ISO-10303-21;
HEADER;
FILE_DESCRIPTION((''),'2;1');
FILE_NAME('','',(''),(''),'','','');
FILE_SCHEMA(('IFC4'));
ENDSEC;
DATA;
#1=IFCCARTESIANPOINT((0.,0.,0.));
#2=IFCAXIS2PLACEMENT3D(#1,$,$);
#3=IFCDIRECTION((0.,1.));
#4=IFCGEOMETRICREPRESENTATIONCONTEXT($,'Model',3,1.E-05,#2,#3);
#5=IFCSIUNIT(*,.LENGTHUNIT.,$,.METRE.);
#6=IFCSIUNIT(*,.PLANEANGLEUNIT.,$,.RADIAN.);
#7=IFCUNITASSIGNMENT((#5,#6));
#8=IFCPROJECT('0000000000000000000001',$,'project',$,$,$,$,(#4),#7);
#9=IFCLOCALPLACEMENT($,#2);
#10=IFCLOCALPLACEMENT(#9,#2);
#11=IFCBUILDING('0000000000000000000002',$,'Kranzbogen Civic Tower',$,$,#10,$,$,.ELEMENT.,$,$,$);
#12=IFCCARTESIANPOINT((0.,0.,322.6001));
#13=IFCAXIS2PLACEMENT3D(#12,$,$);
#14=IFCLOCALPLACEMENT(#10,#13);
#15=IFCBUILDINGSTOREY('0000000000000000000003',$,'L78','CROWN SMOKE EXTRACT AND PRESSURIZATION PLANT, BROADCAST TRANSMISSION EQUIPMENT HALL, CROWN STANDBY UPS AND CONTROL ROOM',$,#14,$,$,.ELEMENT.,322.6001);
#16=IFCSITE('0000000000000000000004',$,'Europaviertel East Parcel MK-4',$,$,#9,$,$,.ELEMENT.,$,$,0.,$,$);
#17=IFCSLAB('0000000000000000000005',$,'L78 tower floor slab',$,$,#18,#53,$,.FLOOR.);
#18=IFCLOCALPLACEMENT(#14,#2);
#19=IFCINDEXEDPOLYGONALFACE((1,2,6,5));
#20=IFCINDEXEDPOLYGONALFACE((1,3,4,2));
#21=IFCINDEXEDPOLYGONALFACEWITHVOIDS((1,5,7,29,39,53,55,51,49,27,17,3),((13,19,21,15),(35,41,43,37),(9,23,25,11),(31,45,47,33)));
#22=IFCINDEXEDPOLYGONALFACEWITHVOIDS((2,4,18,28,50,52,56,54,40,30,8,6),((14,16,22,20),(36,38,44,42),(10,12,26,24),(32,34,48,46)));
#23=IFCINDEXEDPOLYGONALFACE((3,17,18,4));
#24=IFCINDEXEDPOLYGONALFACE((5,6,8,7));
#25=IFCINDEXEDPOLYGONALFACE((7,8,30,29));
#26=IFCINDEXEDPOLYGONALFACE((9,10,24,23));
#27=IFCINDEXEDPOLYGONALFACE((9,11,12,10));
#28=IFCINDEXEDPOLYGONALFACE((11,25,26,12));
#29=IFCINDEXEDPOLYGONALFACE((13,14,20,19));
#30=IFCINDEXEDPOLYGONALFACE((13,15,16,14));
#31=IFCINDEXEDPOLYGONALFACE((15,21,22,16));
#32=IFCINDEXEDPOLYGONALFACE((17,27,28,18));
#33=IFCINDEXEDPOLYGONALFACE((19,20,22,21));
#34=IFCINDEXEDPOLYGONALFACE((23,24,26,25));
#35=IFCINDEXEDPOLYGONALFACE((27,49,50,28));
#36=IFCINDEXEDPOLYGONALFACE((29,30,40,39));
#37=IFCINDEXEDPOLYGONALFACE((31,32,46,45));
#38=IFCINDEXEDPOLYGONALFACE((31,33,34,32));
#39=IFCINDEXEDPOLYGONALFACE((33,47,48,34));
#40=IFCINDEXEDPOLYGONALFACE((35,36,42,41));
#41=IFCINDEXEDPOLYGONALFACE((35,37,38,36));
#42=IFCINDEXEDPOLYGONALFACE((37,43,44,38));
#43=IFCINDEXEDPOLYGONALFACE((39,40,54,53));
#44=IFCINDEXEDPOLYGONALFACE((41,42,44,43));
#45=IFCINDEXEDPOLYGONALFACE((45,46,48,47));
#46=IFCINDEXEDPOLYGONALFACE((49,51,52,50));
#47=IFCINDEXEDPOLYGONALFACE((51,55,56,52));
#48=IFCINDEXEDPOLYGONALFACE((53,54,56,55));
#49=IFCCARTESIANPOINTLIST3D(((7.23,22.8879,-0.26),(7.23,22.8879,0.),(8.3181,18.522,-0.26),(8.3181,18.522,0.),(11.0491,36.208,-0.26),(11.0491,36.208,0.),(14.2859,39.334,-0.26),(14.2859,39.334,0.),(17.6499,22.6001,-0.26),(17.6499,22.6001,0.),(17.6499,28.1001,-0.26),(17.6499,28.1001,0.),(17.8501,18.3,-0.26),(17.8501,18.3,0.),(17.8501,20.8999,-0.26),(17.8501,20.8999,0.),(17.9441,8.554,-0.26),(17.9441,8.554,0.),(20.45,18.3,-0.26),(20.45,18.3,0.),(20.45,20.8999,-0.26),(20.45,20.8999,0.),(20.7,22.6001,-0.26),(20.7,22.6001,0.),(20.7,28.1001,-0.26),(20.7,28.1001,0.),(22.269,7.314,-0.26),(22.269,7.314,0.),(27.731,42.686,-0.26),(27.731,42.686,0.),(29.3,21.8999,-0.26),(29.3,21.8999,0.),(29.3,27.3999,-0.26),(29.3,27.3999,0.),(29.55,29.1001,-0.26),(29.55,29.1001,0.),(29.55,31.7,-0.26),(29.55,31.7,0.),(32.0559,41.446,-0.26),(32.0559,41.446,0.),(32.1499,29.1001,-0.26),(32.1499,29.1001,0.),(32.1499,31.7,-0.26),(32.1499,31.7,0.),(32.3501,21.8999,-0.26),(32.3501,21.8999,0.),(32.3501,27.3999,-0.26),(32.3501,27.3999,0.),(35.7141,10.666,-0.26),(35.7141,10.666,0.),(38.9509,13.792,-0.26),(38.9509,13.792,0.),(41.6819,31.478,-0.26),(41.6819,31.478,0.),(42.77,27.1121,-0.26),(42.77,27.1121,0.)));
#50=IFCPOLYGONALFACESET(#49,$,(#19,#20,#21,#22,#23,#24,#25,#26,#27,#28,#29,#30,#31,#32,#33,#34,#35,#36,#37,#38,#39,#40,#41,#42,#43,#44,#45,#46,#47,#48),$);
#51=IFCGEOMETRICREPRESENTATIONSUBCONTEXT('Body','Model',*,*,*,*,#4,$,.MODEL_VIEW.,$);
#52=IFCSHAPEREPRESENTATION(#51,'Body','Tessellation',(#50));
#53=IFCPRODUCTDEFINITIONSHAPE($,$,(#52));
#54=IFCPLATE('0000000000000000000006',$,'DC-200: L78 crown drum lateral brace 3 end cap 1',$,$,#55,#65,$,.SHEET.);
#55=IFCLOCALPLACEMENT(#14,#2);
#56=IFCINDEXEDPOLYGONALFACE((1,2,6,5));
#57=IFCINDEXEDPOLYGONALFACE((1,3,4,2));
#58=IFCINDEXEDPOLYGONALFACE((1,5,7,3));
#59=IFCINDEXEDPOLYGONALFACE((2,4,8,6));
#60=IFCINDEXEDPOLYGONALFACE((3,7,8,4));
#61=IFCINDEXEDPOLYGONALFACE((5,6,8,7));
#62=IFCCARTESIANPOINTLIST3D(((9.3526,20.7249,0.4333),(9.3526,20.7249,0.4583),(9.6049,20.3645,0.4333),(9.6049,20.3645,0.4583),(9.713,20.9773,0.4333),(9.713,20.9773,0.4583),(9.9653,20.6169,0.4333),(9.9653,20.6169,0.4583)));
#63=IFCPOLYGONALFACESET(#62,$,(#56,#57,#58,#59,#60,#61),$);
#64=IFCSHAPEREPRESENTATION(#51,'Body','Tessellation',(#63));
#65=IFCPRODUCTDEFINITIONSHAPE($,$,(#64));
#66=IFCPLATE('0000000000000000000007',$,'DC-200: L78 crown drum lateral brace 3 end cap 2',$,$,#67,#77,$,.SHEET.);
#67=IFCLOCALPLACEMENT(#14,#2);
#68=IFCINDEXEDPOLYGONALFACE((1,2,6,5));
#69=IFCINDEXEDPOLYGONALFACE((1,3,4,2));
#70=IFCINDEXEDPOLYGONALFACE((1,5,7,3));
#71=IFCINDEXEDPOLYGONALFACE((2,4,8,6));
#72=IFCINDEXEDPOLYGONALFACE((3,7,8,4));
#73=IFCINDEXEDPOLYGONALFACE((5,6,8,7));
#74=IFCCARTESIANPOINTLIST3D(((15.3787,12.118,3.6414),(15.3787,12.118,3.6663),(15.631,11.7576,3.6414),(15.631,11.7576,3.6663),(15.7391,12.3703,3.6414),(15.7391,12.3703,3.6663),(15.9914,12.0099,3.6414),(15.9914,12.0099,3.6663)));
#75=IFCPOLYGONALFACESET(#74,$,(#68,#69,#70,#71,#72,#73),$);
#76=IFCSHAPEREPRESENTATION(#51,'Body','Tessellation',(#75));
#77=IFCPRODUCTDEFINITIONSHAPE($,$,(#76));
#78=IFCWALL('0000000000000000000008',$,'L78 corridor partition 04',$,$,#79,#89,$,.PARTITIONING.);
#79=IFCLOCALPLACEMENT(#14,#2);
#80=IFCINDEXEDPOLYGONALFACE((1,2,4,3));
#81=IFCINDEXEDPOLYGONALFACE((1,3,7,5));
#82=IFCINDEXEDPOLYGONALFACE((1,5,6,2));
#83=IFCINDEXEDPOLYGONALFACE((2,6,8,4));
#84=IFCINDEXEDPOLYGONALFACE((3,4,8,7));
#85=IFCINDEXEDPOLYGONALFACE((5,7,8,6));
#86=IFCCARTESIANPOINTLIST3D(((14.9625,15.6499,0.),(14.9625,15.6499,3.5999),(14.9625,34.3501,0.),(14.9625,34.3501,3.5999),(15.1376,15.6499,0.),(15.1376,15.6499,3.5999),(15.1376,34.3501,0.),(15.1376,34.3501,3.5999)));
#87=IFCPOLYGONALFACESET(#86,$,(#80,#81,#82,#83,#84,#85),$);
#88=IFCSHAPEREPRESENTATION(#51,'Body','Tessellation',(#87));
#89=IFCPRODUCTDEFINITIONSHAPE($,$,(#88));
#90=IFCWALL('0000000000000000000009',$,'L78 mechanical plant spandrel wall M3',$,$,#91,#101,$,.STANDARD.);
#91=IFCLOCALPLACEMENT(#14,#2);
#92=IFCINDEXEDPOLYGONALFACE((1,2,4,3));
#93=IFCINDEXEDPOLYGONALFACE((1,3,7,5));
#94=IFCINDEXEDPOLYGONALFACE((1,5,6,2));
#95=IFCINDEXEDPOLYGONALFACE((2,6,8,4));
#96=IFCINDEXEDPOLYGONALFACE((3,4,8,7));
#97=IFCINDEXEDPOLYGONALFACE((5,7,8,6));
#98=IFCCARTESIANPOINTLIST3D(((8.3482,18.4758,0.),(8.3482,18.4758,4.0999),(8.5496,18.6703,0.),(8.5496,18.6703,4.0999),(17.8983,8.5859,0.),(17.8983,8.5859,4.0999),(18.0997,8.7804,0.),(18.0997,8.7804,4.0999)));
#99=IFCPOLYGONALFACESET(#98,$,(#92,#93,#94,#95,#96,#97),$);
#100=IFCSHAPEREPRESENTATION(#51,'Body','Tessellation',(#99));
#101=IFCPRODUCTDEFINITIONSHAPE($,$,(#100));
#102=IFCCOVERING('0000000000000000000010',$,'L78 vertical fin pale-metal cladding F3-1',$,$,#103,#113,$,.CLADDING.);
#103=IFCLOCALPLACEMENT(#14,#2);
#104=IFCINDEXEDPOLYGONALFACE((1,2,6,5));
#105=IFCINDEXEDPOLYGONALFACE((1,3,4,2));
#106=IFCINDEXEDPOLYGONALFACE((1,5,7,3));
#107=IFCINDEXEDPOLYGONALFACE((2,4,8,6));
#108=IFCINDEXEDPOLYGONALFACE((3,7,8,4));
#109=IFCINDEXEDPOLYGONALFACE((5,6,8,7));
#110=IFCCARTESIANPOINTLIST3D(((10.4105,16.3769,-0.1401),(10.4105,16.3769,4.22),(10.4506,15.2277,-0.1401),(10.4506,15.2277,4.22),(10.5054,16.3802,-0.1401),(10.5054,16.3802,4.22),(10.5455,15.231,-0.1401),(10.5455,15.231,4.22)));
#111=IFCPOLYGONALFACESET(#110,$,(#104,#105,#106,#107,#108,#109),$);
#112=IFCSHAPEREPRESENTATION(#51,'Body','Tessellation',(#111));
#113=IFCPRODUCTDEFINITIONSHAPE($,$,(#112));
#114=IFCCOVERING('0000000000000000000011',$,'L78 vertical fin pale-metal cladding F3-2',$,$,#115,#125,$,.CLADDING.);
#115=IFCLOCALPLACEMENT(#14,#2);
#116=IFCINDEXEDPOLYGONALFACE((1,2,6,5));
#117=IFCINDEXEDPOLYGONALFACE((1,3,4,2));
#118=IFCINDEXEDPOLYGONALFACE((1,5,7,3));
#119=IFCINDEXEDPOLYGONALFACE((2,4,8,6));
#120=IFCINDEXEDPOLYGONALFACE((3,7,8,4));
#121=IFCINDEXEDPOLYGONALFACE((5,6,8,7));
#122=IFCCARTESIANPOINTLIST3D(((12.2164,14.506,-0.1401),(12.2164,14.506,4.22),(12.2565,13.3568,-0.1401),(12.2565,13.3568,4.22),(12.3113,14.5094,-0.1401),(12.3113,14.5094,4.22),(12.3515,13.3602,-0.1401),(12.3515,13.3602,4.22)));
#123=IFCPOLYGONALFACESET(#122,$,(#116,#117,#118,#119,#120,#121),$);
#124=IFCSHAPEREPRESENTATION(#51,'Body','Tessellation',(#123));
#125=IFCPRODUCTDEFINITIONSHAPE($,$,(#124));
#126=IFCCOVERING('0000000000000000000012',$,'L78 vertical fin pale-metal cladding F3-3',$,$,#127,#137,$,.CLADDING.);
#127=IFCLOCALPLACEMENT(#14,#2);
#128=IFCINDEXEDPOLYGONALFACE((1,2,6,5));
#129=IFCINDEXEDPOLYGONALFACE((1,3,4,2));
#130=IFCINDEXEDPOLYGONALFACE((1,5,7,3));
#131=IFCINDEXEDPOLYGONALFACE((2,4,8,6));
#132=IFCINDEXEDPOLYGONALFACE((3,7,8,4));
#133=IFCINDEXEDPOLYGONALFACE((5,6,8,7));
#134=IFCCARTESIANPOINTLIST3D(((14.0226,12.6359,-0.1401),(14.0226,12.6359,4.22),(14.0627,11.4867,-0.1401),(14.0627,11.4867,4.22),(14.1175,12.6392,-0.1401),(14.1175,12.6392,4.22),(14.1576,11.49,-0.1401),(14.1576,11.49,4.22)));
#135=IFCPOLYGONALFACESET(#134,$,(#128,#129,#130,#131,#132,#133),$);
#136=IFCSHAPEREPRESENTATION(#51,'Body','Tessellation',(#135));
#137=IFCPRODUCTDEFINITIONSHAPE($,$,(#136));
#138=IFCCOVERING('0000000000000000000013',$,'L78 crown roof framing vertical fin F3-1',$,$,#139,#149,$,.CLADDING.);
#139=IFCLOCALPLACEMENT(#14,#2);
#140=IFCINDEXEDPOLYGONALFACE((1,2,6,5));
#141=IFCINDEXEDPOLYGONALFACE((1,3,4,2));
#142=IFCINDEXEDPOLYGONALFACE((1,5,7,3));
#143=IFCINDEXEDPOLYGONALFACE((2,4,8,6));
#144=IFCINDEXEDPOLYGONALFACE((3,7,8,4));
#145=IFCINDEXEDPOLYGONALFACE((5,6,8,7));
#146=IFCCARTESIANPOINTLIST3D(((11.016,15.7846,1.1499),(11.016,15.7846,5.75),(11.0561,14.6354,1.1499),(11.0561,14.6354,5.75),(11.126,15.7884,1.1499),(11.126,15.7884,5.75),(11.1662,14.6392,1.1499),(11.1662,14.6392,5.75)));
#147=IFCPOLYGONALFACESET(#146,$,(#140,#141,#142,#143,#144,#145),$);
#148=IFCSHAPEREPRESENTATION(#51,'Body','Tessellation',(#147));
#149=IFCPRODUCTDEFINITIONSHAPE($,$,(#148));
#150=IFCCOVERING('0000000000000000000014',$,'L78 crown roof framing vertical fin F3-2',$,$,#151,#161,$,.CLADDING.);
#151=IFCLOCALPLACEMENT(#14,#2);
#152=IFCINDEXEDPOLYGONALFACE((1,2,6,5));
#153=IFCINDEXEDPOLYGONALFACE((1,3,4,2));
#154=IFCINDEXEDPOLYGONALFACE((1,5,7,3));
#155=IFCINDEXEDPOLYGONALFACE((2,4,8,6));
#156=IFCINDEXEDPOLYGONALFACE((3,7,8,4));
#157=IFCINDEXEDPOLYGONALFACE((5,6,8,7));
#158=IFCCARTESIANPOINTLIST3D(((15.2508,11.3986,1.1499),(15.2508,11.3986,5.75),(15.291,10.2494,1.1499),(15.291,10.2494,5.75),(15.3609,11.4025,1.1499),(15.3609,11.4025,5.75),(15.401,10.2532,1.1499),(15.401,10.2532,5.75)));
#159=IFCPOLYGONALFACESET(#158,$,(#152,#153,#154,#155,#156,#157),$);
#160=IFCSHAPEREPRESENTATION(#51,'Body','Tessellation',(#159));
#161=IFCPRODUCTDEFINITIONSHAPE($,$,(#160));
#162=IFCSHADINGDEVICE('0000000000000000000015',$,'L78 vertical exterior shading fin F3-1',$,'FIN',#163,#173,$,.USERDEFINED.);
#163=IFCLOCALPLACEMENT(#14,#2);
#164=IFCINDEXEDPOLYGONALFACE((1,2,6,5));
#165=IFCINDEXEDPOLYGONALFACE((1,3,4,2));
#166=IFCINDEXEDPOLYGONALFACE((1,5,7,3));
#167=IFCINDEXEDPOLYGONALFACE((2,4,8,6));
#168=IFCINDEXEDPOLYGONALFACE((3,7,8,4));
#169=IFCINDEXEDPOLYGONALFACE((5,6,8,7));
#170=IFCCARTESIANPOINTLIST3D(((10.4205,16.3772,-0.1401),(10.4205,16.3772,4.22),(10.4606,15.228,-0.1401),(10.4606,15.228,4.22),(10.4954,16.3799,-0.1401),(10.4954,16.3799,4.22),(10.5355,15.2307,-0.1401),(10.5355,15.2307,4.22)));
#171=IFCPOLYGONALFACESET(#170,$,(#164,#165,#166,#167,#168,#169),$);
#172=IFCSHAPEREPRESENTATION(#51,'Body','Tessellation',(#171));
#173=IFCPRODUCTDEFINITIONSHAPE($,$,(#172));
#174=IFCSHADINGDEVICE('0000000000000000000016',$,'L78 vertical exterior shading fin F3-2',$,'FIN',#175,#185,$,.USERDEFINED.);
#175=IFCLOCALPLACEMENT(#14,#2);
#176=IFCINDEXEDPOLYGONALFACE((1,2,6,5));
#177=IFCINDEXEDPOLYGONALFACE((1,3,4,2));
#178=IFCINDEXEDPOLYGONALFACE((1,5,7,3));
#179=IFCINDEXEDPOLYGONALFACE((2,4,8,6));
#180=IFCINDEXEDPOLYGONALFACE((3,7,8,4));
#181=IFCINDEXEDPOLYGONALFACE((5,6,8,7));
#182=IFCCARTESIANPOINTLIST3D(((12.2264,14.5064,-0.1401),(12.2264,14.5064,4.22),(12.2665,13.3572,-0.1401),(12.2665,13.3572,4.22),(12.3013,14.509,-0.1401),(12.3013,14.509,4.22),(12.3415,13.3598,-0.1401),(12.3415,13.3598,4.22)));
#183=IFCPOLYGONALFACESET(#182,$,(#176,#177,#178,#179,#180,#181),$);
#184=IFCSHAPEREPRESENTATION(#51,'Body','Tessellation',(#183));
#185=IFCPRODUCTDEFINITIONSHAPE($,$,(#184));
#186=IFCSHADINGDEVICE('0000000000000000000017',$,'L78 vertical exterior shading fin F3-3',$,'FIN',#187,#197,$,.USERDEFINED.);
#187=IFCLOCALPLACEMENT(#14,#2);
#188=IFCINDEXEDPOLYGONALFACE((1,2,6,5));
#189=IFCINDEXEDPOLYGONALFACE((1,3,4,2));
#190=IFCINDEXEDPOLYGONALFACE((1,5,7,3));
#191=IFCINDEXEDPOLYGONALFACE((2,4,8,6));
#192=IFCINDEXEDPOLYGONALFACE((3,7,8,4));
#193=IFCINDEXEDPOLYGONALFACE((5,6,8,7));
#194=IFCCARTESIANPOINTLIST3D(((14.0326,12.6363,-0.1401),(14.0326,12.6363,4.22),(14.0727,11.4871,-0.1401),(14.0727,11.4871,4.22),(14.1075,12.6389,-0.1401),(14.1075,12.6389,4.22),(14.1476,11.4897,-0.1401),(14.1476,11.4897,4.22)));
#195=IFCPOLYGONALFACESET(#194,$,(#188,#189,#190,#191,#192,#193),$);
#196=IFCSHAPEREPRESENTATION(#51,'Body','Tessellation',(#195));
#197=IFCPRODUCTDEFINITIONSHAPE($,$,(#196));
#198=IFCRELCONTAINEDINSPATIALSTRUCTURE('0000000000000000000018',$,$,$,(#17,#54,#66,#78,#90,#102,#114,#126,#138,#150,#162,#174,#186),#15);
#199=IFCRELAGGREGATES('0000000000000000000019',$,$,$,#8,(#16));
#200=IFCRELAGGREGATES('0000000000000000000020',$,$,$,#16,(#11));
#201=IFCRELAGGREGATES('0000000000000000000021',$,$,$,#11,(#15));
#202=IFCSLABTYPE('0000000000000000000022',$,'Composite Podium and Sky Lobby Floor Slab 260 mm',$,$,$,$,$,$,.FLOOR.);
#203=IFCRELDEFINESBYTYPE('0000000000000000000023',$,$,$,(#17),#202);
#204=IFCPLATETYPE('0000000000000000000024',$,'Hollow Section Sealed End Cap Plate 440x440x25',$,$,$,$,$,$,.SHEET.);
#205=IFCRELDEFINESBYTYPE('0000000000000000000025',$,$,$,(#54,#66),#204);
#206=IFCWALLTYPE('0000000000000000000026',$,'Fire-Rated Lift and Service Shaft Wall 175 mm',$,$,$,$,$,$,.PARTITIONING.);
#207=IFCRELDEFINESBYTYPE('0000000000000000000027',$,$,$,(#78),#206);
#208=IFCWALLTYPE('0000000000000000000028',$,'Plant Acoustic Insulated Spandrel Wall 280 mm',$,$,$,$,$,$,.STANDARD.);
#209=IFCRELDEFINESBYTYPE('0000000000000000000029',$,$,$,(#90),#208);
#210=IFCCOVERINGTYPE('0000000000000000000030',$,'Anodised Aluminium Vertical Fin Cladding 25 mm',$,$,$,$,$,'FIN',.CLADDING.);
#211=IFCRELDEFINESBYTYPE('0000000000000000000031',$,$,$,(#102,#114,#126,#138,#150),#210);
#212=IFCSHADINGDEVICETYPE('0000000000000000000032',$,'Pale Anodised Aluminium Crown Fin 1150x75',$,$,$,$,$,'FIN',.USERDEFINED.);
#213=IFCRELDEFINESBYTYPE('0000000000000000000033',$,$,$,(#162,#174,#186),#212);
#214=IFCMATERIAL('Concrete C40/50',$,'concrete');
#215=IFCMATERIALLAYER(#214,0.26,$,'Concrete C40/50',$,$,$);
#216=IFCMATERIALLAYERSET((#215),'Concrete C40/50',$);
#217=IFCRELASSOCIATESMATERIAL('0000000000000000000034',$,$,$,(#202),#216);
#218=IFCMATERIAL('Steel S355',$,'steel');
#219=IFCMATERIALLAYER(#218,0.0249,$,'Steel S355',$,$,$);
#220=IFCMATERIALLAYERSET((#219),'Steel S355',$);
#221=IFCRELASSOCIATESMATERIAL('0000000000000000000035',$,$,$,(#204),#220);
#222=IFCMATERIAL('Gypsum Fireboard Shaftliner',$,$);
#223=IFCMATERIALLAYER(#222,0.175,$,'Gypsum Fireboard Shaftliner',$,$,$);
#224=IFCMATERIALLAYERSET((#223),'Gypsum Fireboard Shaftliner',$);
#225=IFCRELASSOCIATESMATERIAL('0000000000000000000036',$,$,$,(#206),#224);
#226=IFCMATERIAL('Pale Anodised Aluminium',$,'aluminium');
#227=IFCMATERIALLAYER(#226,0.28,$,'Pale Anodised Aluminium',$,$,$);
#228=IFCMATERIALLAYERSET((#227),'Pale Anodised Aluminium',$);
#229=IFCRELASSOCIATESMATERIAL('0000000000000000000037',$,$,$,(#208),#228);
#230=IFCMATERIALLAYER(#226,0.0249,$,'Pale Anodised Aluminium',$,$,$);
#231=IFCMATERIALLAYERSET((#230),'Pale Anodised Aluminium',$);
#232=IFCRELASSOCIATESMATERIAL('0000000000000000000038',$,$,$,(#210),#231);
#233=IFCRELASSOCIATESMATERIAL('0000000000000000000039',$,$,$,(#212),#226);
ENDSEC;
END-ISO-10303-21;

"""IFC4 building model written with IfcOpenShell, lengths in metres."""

from ifc_helpers import new_model, si_unit, direction, frame, frame_2d, origin, origin_2d, place, context, subcontext, project, spatial, polyline, rectangle, outline, extrude, material, layer, layer_set, type_object, element, save


model = new_model("IFC4")

# Units and contexts
model_context = context("Model", 3, precision=1e-05, world=origin(), true_north=direction((0.0, 1.0)))
body_context = subcontext(model_context, "Body", "Model", "MODEL_VIEW")
ifc_project = project(units=[si_unit("LENGTHUNIT", "METRE"), si_unit("PLANEANGLEUNIT", "RADIAN")], contexts=[model_context])

# Site, building, storey
site_placement = place(None, origin())
site = spatial("IfcSite", under=ifc_project, at=site_placement, Name="Europaviertel East Parcel MK-4", CompositionType="ELEMENT", RefElevation=0.0)
building_placement = place(site_placement, origin())
building = spatial("IfcBuilding", under=site, at=building_placement, Name="Kranzbogen Civic Tower", CompositionType="ELEMENT")
storey_placement = place(building_placement, frame((0.0, 0.0, 322.6001)))
storey = spatial("IfcBuildingStorey", under=building, at=storey_placement, Name="L78", Description="CROWN SMOKE EXTRACT AND PRESSURIZATION PLANT, BROADCAST TRANSMISSION EQUIPMENT HALL, CROWN STANDBY UPS AND CONTROL ROOM", CompositionType="ELEMENT", Elevation=322.6001)

# Shared definitions
ifc_material_1 = material(Name="Steel S355", Category="steel")

# Slab
ifc_material_2 = material(Name="Concrete C40/50", Category="concrete")
ifc_layer_1 = layer(ifc_material_2, 0.26, Name="Concrete C40/50")
ifc_layer_set_1 = layer_set([ifc_layer_1], Name="Concrete C40/50")
slab_type = type_object("IfcSlabType", Name="Composite Podium and Sky Lobby Floor Slab 260 mm", PredefinedType="FLOOR", material=ifc_layer_set_1)
slab_placement = place(storey_placement, frame((0.0, 0.0, -0.26)))
element("IfcSlab", 1, at=slab_placement, inside=storey, type_object=slab_type, Name="L78 tower floor slab", PredefinedType="FLOOR", context=body_context, shape_type="SweptSolid", body=[
    extrude(outline(polyline([(27.731, 42.686), (14.2859, 39.334), (11.0491, 36.208), (7.23, 22.8879), (8.3181, 18.522), (17.9441, 8.554), (22.269, 7.314), (35.7141, 10.666), (38.9509, 13.792), (42.77, 27.1121), (41.6819, 31.478), (32.0559, 41.446), (27.731, 42.686)]), holes=[polyline([(17.8501, 20.8999), (20.45, 20.8999), (20.45, 18.3), (17.8501, 18.3), (17.8501, 20.8999)]), polyline([(32.3501, 21.8999), (29.3, 21.8999), (29.3, 27.3999), (32.3501, 27.3999), (32.3501, 21.8999)]), polyline([(17.6499, 28.1001), (20.7, 28.1001), (20.7, 22.6001), (17.6499, 22.6001), (17.6499, 28.1001)]), polyline([(29.55, 31.7), (32.1499, 31.7), (32.1499, 29.1001), (29.55, 29.1001), (29.55, 31.7)])]), origin(), (0.0, 0.0, 1.0), 0.26),
])

# Plates
ifc_layer_2 = layer(ifc_material_1, 0.0249, Name="Steel S355")
ifc_layer_set_2 = layer_set([ifc_layer_2], Name="Steel S355")
plate_type = type_object("IfcPlateType", Name="Hollow Section Sealed End Cap Plate 440x440x25", PredefinedType="SHEET", material=ifc_layer_set_2)
for number, where, z_axis, x_axis, name in (
    (2, (9.6589, 20.6709, 0.4333), (0.0, 0.0, 1.0), (0.573534, -0.819182, 0.0), "DC-200: L78 crown drum lateral brace 3 end cap 1"),
    (3, (15.6851, 12.064, 3.6414), (0.0, 0.0, 1.0), (0.573534, -0.819182, 0.0), "DC-200: L78 crown drum lateral brace 3 end cap 2"),
):
    element("IfcPlate", number, at=place(storey_placement, frame(where, z_axis=z_axis, x_axis=x_axis)), inside=storey, type_object=plate_type, Name=name, PredefinedType="SHEET", context=body_context, shape_type="SweptSolid", body=[
        extrude(rectangle(XDim=0.4399, YDim=0.4399, at=origin_2d()), origin(), (0.0, 0.0, 1.0), 0.0249),
    ])

# Walls
ifc_material_3 = material(Name="Gypsum Fireboard Shaftliner")
ifc_layer_3 = layer(ifc_material_3, 0.175, Name="Gypsum Fireboard Shaftliner")
ifc_layer_set_3 = layer_set([ifc_layer_3], Name="Gypsum Fireboard Shaftliner")
wall_type_1 = type_object("IfcWallType", Name="Fire-Rated Lift and Service Shaft Wall 175 mm", PredefinedType="PARTITIONING", material=ifc_layer_set_3)
wall_1_placement = place(storey_placement, frame((15.05, 15.6499, 0.0), z_axis=(0.0, 0.0, 1.0), x_axis=(0.0, 1.0, 0.0)))
element("IfcWall", 4, at=wall_1_placement, inside=storey, type_object=wall_type_1, Name="L78 corridor partition 04", PredefinedType="PARTITIONING", context=body_context, shape_type="SweptSolid", body=[
    extrude(rectangle(XDim=18.7002, YDim=0.175, at=frame_2d((9.3501, 0.0))), origin(), (0.0, 0.0, 1.0), 3.5999),
])
ifc_material_4 = material(Name="Pale Anodised Aluminium", Category="aluminium")
ifc_layer_4 = layer(ifc_material_4, 0.28, Name="Pale Anodised Aluminium")
ifc_layer_set_4 = layer_set([ifc_layer_4], Name="Pale Anodised Aluminium")
wall_type_2 = type_object("IfcWallType", Name="Plant Acoustic Insulated Spandrel Wall 280 mm", PredefinedType="STANDARD", material=ifc_layer_set_4)
wall_2_placement = place(storey_placement, frame((8.449, 18.573, 0.0), z_axis=(0.0, 0.0, 1.0), x_axis=(0.694639, -0.719358, 0.0)))
element("IfcWall", 5, at=wall_2_placement, inside=storey, type_object=wall_type_2, Name="L78 mechanical plant spandrel wall M3", PredefinedType="STANDARD", context=body_context, shape_type="SweptSolid", body=[
    extrude(rectangle(XDim=13.7483, YDim=0.28, at=frame_2d((6.874, 0.0))), origin(), (0.0, 0.0, 1.0), 4.0999),
])

# Coverings
ifc_layer_5 = layer(ifc_material_4, 0.0249, Name="Pale Anodised Aluminium")
ifc_layer_set_5 = layer_set([ifc_layer_5], Name="Pale Anodised Aluminium")
covering_type = type_object("IfcCoveringType", Name="Anodised Aluminium Vertical Fin Cladding 25 mm", ElementType="FIN", PredefinedType="CLADDING", material=ifc_layer_set_5)
for number, where, z_axis, x_axis, name in (
    (6, (10.478, 15.804, -0.1401), (0.0, 0.0, 1.0), (0.034899, -0.999391, 0.0), "L78 vertical fin pale-metal cladding F3-1"),
    (7, (12.2839, 13.9331, -0.1401), (0.0, 0.0, 1.0), (0.034899, -0.999391, 0.0), "L78 vertical fin pale-metal cladding F3-2"),
    (8, (14.0901, 12.063, -0.1401), (0.0, 0.0, 1.0), (0.034899, -0.999391, 0.0), "L78 vertical fin pale-metal cladding F3-3"),
):
    element("IfcCovering", number, at=place(storey_placement, frame(where, z_axis=z_axis, x_axis=x_axis)), inside=storey, type_object=covering_type, Name=name, PredefinedType="CLADDING", context=body_context, shape_type="SweptSolid", body=[
        extrude(rectangle(XDim=1.1499, YDim=0.095, at=origin_2d()), origin(), (0.0, 0.0, 1.0), 4.3601),
    ])
for number, where, z_axis, x_axis, name in (
    (9, (11.0911, 15.2119, 1.1499), (0.0, 0.0, 1.0), (0.034899, -0.999391, 0.0), "L78 crown roof framing vertical fin F3-1"),
    (10, (15.3259, 10.8259, 1.1499), (0.0, 0.0, 1.0), (0.034899, -0.999391, 0.0), "L78 crown roof framing vertical fin F3-2"),
):
    element("IfcCovering", number, at=place(storey_placement, frame(where, z_axis=z_axis, x_axis=x_axis)), inside=storey, type_object=covering_type, Name=name, PredefinedType="CLADDING", context=body_context, shape_type="SweptSolid", body=[
        extrude(rectangle(XDim=1.1499, YDim=0.1101, at=origin_2d()), origin(), (0.0, 0.0, 1.0), 4.6001),
    ])

# Shading devices
shading_device_type_1 = type_object("IfcShadingDeviceType", Name="Pale Anodised Aluminium Crown Fin 1150x75", ElementType="FIN", PredefinedType="USERDEFINED", material=ifc_material_4)
for number, where, z_axis, x_axis, name in (
    (11, (10.478, 15.804, -0.1401), (0.0, 0.0, 1.0), (0.034899, -0.999391, 0.0), "L78 vertical exterior shading fin F3-1"),
    (12, (12.2839, 13.9331, -0.1401), (0.0, 0.0, 1.0), (0.034899, -0.999391, 0.0), "L78 vertical exterior shading fin F3-2"),
    (13, (14.0901, 12.063, -0.1401), (0.0, 0.0, 1.0), (0.034899, -0.999391, 0.0), "L78 vertical exterior shading fin F3-3"),
):
    element("IfcShadingDevice", number, at=place(storey_placement, frame(where, z_axis=z_axis, x_axis=x_axis)), inside=storey, type_object=shading_device_type_1, Name=name, ObjectType="FIN", PredefinedType="USERDEFINED", context=body_context, shape_type="SweptSolid", body=[
        extrude(rectangle(XDim=1.1499, YDim=0.075, at=origin_2d()), origin(), (0.0, 0.0, 1.0), 4.3601),
    ])

save(model, "model.ifc")
